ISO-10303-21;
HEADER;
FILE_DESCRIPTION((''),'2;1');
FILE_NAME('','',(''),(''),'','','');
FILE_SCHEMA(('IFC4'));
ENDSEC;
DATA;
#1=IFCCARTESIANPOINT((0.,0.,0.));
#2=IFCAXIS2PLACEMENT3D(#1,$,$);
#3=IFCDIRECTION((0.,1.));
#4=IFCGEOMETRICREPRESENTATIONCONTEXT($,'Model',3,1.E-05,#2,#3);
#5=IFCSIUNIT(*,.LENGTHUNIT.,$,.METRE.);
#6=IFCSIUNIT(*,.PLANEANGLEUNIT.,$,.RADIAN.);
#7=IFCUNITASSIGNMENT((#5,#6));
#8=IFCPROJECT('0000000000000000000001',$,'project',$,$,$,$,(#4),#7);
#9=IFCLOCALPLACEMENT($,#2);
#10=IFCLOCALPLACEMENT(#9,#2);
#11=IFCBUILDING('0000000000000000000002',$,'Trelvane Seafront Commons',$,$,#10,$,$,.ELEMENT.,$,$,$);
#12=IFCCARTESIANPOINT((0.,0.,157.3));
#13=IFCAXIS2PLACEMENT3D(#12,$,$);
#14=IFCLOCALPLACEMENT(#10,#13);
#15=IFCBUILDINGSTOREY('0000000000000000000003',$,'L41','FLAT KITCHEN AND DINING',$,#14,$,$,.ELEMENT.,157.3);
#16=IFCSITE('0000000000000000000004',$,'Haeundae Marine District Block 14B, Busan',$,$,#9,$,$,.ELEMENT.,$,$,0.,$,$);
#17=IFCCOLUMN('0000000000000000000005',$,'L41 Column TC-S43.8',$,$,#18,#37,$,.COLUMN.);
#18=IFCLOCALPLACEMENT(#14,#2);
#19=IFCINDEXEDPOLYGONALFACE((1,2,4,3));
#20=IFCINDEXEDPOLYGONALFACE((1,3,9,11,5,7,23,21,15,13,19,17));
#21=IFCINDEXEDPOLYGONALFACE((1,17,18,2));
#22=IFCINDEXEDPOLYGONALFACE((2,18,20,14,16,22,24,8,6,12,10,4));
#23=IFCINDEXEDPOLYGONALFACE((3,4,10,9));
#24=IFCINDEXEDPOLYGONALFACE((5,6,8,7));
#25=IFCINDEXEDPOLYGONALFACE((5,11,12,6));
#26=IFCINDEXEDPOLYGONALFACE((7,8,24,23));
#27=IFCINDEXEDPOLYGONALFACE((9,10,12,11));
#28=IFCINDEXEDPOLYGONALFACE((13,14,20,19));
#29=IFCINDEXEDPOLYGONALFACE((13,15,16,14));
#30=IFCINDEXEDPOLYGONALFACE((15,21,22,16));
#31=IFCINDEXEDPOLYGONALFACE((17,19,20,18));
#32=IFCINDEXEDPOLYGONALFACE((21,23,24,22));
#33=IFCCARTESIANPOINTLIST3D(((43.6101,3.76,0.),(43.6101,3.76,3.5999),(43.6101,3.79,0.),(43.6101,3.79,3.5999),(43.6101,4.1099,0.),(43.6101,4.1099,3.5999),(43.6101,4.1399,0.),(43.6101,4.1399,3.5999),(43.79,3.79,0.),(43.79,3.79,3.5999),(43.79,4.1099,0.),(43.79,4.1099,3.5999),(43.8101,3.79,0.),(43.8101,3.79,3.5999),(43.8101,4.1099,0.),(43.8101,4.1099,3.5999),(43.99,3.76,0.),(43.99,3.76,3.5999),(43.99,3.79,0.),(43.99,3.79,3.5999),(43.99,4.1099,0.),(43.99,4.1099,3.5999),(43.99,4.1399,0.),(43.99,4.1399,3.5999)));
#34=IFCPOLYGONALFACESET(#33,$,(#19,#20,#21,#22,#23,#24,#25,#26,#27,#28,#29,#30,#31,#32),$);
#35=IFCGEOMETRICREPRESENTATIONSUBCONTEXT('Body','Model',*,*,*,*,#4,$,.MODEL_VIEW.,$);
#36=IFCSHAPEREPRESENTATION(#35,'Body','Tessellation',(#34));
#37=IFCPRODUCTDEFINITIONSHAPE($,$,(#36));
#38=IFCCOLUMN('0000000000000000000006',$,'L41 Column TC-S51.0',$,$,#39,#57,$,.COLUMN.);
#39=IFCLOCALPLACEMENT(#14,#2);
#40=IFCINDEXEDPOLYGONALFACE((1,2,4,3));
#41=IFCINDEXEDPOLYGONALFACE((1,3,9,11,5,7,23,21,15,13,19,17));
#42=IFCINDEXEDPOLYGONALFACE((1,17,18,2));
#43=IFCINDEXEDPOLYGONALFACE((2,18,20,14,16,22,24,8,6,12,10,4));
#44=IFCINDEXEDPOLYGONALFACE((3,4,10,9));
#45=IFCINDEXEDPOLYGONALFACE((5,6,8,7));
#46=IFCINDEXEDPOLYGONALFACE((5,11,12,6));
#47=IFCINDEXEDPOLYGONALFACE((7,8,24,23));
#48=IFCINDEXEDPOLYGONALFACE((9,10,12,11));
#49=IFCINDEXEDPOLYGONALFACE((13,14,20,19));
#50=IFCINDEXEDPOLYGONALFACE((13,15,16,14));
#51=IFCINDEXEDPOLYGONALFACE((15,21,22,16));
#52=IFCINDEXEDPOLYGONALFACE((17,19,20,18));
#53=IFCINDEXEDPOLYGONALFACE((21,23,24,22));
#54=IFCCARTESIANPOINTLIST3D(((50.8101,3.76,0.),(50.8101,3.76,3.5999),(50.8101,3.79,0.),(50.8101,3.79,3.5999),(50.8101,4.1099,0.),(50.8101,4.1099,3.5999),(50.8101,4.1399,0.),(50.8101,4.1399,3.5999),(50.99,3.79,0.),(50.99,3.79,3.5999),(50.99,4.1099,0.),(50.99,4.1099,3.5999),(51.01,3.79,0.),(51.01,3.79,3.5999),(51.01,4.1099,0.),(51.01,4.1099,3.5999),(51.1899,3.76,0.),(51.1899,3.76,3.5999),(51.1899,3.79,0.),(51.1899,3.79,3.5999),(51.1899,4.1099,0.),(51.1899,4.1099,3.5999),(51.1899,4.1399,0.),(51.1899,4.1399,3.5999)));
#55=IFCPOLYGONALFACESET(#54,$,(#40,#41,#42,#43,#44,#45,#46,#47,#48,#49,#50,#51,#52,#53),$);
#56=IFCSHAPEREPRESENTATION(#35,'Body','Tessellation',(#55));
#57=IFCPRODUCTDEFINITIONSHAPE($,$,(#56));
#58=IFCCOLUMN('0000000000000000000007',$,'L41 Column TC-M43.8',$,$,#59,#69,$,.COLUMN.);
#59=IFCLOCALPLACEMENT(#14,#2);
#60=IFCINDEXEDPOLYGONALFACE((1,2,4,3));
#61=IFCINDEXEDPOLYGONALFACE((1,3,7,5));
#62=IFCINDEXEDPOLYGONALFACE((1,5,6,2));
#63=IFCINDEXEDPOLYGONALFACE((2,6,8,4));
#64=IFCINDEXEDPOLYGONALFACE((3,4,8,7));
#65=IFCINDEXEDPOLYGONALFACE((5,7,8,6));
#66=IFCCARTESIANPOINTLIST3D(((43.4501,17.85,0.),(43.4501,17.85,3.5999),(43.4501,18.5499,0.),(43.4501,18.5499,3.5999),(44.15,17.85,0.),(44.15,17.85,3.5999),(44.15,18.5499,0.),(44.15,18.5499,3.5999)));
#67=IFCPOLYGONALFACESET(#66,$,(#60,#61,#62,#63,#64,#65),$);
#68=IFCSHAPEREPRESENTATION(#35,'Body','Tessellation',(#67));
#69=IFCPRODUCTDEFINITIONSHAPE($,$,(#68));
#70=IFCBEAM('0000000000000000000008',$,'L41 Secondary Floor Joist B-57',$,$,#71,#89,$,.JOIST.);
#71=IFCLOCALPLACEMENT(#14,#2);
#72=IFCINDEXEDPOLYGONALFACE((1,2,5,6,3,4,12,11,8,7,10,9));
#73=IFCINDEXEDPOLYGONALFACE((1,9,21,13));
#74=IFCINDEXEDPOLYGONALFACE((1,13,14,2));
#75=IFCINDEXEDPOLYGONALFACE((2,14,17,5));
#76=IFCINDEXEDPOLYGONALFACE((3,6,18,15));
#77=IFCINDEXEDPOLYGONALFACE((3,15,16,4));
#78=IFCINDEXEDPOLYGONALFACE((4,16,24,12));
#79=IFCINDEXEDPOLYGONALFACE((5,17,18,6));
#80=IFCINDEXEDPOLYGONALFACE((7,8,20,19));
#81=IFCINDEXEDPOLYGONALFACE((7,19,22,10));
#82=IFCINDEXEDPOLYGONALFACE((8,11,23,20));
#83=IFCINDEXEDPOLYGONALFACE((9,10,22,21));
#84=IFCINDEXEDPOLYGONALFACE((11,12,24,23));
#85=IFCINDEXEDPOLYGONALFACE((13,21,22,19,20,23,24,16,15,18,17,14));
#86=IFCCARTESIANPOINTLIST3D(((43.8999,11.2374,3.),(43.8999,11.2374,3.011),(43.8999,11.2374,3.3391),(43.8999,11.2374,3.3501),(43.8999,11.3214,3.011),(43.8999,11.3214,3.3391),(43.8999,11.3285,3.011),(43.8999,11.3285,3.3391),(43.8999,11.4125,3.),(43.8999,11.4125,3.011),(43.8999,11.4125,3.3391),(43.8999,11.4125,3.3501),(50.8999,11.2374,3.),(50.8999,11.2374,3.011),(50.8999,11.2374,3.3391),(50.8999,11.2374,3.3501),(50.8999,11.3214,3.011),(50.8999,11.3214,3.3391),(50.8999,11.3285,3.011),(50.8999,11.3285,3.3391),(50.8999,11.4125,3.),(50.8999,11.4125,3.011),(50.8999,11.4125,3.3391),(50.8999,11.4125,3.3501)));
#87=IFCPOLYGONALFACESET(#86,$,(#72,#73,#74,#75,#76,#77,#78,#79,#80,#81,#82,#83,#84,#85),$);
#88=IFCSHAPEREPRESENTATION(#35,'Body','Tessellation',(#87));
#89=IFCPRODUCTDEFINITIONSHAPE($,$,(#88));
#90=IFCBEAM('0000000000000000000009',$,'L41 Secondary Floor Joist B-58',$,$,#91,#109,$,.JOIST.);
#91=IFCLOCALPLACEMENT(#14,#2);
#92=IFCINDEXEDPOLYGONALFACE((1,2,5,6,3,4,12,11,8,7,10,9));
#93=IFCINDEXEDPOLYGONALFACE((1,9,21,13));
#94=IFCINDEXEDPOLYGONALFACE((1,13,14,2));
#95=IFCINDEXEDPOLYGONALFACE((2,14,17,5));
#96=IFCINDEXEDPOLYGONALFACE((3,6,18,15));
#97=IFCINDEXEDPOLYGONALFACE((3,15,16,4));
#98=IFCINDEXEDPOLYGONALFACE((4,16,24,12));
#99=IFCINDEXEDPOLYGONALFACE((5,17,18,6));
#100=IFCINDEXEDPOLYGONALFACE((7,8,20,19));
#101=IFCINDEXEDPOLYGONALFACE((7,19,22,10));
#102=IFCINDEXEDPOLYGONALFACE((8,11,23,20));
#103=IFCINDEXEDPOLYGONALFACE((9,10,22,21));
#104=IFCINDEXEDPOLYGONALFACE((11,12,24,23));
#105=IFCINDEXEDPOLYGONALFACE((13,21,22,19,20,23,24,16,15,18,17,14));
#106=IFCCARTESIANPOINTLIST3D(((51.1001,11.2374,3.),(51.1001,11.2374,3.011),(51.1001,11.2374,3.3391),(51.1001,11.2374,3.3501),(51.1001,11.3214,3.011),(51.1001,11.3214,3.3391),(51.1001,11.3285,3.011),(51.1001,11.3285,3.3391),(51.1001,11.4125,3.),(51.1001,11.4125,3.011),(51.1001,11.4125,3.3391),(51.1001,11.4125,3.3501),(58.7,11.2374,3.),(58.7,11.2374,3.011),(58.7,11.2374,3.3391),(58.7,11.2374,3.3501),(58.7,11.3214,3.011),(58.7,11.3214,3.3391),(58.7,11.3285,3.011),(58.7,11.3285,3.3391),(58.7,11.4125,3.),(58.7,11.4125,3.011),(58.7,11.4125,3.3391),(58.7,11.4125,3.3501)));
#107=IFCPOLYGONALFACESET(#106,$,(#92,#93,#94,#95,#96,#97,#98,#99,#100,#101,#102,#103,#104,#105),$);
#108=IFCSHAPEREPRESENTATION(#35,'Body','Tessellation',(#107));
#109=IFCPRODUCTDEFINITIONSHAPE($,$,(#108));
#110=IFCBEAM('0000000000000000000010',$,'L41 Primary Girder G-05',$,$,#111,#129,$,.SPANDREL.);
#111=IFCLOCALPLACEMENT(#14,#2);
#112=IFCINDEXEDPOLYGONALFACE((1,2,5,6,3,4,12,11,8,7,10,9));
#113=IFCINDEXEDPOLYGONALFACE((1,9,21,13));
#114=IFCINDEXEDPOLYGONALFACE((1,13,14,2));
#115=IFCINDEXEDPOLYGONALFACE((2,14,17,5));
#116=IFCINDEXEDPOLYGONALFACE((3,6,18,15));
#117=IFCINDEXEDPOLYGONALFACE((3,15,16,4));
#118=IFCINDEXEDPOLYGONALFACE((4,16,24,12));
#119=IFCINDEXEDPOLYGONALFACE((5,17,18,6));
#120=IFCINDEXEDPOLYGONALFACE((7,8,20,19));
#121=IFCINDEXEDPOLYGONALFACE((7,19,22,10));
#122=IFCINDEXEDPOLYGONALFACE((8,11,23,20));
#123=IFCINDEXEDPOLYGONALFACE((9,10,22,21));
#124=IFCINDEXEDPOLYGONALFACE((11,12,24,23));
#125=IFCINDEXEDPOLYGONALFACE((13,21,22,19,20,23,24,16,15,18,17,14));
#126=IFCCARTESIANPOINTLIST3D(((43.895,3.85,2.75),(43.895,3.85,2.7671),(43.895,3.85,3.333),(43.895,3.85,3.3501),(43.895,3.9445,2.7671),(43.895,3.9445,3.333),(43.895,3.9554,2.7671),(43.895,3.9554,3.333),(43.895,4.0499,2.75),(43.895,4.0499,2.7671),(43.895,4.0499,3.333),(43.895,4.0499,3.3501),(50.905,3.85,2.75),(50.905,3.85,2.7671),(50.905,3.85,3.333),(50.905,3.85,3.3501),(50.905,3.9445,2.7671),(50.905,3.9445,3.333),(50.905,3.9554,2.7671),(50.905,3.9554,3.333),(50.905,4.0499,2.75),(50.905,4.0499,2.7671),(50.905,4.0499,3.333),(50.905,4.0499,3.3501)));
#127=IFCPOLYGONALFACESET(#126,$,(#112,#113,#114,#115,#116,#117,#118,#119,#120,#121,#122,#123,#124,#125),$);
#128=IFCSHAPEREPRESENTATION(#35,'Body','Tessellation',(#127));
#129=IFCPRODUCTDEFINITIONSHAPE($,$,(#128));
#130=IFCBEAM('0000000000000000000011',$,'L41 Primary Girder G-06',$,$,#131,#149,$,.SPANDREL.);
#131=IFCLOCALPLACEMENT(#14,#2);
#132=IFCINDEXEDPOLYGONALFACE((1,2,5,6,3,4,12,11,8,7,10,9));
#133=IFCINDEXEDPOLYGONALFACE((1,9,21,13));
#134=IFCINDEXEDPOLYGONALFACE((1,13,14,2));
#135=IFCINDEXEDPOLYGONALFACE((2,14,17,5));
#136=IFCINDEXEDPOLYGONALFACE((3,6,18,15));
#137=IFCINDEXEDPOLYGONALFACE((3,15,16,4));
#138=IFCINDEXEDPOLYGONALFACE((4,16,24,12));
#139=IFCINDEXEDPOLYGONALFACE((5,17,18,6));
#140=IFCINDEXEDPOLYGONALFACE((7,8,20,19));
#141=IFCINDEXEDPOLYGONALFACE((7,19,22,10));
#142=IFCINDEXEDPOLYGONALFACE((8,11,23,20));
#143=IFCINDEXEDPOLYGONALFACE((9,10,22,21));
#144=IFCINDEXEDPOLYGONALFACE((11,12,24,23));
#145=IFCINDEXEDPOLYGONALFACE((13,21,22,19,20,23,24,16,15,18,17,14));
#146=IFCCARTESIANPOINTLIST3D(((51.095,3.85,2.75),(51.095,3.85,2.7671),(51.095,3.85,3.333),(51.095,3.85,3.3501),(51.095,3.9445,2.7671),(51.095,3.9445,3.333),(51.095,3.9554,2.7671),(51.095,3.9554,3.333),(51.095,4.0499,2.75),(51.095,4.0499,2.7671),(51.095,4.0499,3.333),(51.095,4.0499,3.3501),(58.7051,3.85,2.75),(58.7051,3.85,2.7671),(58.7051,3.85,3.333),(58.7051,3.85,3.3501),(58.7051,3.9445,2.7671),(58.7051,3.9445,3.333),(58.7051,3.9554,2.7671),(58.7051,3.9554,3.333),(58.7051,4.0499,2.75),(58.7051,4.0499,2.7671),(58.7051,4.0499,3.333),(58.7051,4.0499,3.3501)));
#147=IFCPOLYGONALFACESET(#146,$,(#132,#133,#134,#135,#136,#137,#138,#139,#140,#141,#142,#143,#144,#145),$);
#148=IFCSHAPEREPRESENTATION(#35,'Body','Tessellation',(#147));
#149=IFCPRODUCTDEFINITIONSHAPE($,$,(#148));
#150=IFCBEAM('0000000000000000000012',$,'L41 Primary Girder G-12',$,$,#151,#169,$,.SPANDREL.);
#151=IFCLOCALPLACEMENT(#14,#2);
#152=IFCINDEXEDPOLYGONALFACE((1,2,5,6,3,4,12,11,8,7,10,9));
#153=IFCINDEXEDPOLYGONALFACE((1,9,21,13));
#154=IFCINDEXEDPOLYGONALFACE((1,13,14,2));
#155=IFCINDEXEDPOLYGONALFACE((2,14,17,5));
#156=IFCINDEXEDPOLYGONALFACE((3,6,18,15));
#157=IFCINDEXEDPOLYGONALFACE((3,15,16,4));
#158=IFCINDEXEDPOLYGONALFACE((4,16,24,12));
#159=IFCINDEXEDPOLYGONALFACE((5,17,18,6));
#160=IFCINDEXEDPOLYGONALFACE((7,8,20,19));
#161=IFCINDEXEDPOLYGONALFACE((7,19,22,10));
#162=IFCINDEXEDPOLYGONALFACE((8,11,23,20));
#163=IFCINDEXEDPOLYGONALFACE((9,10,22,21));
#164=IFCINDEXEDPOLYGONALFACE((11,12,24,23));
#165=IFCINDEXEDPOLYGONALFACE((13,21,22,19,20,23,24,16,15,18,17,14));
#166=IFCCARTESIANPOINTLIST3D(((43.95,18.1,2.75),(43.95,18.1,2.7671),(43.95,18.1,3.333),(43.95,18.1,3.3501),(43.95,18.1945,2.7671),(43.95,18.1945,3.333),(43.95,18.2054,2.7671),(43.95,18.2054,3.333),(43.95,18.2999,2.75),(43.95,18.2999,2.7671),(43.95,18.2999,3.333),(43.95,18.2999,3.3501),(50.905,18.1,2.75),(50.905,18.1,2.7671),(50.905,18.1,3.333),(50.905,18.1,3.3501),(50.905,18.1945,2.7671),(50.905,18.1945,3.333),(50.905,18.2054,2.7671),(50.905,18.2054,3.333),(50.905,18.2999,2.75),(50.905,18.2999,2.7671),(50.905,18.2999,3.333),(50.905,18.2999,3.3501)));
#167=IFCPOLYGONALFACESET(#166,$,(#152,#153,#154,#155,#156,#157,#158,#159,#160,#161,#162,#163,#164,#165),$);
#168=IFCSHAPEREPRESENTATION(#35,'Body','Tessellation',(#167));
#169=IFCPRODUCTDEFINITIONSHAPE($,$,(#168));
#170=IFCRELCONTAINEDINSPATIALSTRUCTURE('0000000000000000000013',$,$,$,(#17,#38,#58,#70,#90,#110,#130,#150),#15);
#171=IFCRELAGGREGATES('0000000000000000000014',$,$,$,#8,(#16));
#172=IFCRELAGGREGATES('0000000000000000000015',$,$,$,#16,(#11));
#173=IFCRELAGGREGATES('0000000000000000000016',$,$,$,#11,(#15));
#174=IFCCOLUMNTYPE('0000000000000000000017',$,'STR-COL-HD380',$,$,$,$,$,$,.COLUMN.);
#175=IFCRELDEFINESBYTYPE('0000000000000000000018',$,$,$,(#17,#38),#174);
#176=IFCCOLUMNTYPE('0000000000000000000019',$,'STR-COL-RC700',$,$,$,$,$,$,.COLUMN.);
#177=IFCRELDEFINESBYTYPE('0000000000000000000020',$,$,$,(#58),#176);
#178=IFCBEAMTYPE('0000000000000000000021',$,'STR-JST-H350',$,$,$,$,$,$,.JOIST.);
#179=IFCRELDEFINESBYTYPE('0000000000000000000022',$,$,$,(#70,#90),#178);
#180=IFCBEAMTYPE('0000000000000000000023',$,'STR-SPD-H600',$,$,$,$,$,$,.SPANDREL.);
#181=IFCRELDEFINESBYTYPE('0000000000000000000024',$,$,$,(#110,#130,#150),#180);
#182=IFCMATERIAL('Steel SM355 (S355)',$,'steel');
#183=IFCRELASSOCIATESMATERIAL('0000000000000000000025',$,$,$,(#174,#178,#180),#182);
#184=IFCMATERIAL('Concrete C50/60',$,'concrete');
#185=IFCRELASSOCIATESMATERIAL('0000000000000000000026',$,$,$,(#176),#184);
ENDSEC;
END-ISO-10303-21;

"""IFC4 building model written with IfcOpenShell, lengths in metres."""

from ifc_helpers import new_model, si_unit, direction, frame, origin, origin_2d, place, context, subcontext, project, spatial, rectangle, i_section, extrude, source, transform, mapped, material, material_profile, profile_set, type_object, element, save


model = new_model("IFC4")

# Units and contexts
model_context = context("Model", 3, precision=1e-05, world=origin(), true_north=direction((0.0, 1.0)))
body_context = subcontext(model_context, "Body", "Model", "MODEL_VIEW")
ifc_project = project(units=[si_unit("LENGTHUNIT", "METRE"), si_unit("PLANEANGLEUNIT", "RADIAN")], contexts=[model_context])

# Site, building, storey
site_placement = place(None, origin())
site = spatial("IfcSite", under=ifc_project, at=site_placement, Name="Haeundae Marine District Block 14B, Busan", CompositionType="ELEMENT", RefElevation=0.0)
building_placement = place(site_placement, origin())
building = spatial("IfcBuilding", under=site, at=building_placement, Name="Trelvane Seafront Commons", CompositionType="ELEMENT")
storey_placement = place(building_placement, frame((0.0, 0.0, 157.3)))
storey = spatial("IfcBuildingStorey", under=building, at=storey_placement, Name="L41", Description="FLAT KITCHEN AND DINING", CompositionType="ELEMENT", Elevation=157.3)

# Columns
ifc_material_1 = material(Name="Steel SM355 (S355)", Category="steel")
ifc_material_profile_1 = material_profile(ifc_material_1, i_section(OverallWidth=0.3799, OverallDepth=0.3799, WebThickness=0.02, FlangeThickness=0.03, at=origin_2d()), Name="HD-380x380x20x30")
ifc_profile_set_1 = profile_set([ifc_material_profile_1], Name="Steel SM355 (S355)")
column_type_1 = type_object("IfcColumnType", Name="STR-COL-HD380", PredefinedType="COLUMN", material=ifc_profile_set_1)
shared_shape_1 = source(origin(), body_context, "Body", "SweptSolid", [
    extrude(i_section(OverallWidth=0.3799, OverallDepth=0.3799, WebThickness=0.02, FlangeThickness=0.03, at=origin_2d()), origin(), (0.0, 0.0, 1.0), 3.5999),
])
for number, where, z_axis, x_axis, name in (
    (1, (43.8, 3.95, 0.0), (0.0, 0.0, 1.0), (1.0, 0.0, 0.0), "L41 Column TC-S43.8"),
    (2, (51.0, 3.95, 0.0), (0.0, 0.0, 1.0), (1.0, 0.0, 0.0), "L41 Column TC-S51.0"),
):
    element("IfcColumn", number, at=place(storey_placement, frame(where, z_axis=z_axis, x_axis=x_axis)), inside=storey, type_object=column_type_1, Name=name, PredefinedType="COLUMN", context=body_context, shape_type="MappedRepresentation", body=[
        mapped(shared_shape_1, transform((0.0, 0.0, 0.0), x_axis=(1.0, 0.0, 0.0), y_axis=(0.0, 1.0, 0.0), z_axis=(0.0, 0.0, 1.0), scale=1.0)),
    ])
ifc_material_2 = material(Name="Concrete C50/60", Category="concrete")
ifc_material_profile_2 = material_profile(ifc_material_2, rectangle(XDim=0.7, YDim=0.7, at=origin_2d()), Name="RC-700x700")
ifc_profile_set_2 = profile_set([ifc_material_profile_2], Name="Concrete C50/60")
column_type_2 = type_object("IfcColumnType", Name="STR-COL-RC700", PredefinedType="COLUMN", material=ifc_profile_set_2)
shared_shape_2 = source(origin(), body_context, "Body", "SweptSolid", [
    extrude(rectangle(XDim=0.7, YDim=0.7, at=origin_2d()), origin(), (0.0, 0.0, 1.0), 3.5999),
])
column_placement = place(storey_placement, frame((43.8, 18.2, 0.0), z_axis=(0.0, 0.0, 1.0), x_axis=(1.0, 0.0, 0.0)))
element("IfcColumn", 3, at=column_placement, inside=storey, type_object=column_type_2, Name="L41 Column TC-M43.8", PredefinedType="COLUMN", context=body_context, shape_type="MappedRepresentation", body=[
    mapped(shared_shape_2, transform((0.0, 0.0, 0.0), x_axis=(1.0, 0.0, 0.0), y_axis=(0.0, 1.0, 0.0), z_axis=(0.0, 0.0, 1.0), scale=1.0)),
])

# Beams
ifc_material_profile_3 = material_profile(ifc_material_1, i_section(OverallWidth=0.175, OverallDepth=0.3501, WebThickness=0.0071, FlangeThickness=0.011, at=origin_2d()), Name="H-350x175x7x11")
ifc_profile_set_3 = profile_set([ifc_material_profile_3], Name="Steel SM355 (S355)")
beam_type_1 = type_object("IfcBeamType", Name="STR-JST-H350", PredefinedType="JOIST", material=ifc_profile_set_3)
shared_shape_3 = source(origin(), body_context, "Body", "SweptSolid", [
    extrude(i_section(OverallWidth=0.175, OverallDepth=0.3501, WebThickness=0.0071, FlangeThickness=0.011, at=origin_2d()), origin(), (0.0, 0.0, 1.0), 7.0),
])
beam_1_placement = place(storey_placement, frame((43.8999, 11.325, 3.175), z_axis=(1.0, 0.0, 0.0), x_axis=(0.0, 1.0, 0.0)))
element("IfcBeam", 4, at=beam_1_placement, inside=storey, type_object=beam_type_1, Name="L41 Secondary Floor Joist B-57", PredefinedType="JOIST", context=body_context, shape_type="MappedRepresentation", body=[
    mapped(shared_shape_3, transform((0.0, 0.0, 0.0), x_axis=(1.0, 0.0, 0.0), y_axis=(0.0, 1.0, 0.0), z_axis=(0.0, 0.0, 1.0), scale=1.0)),
])
shared_shape_4 = source(origin(), body_context, "Body", "SweptSolid", [
    extrude(i_section(OverallWidth=0.175, OverallDepth=0.3501, WebThickness=0.0071, FlangeThickness=0.011, at=origin_2d()), origin(), (0.0, 0.0, 1.0), 7.5999),
])
beam_2_placement = place(storey_placement, frame((51.1001, 11.325, 3.175), z_axis=(1.0, 0.0, 0.0), x_axis=(0.0, 1.0, 0.0)))
element("IfcBeam", 5, at=beam_2_placement, inside=storey, type_object=beam_type_1, Name="L41 Secondary Floor Joist B-58", PredefinedType="JOIST", context=body_context, shape_type="MappedRepresentation", body=[
    mapped(shared_shape_4, transform((0.0, 0.0, 0.0), x_axis=(1.0, 0.0, 0.0), y_axis=(0.0, 1.0, 0.0), z_axis=(0.0, 0.0, 1.0), scale=1.0)),
])
ifc_material_profile_4 = material_profile(ifc_material_1, i_section(OverallWidth=0.2, OverallDepth=0.6001, WebThickness=0.011, FlangeThickness=0.0171, at=origin_2d()), Name="H-600x200x11x17")
ifc_profile_set_4 = profile_set([ifc_material_profile_4], Name="Steel SM355 (S355)")
beam_type_2 = type_object("IfcBeamType", Name="STR-SPD-H600", PredefinedType="SPANDREL", material=ifc_profile_set_4)
shared_shape_5 = source(origin(), body_context, "Body", "SweptSolid", [
    extrude(i_section(OverallWidth=0.2, OverallDepth=0.6001, WebThickness=0.011, FlangeThickness=0.0171, at=origin_2d()), origin(), (0.0, 0.0, 1.0), 7.01),
])
beam_3_placement = place(storey_placement, frame((43.895, 3.95, 3.05), z_axis=(1.0, 0.0, 0.0), x_axis=(0.0, 1.0, 0.0)))
element("IfcBeam", 6, at=beam_3_placement, inside=storey, type_object=beam_type_2, Name="L41 Primary Girder G-05", PredefinedType="SPANDREL", context=body_context, shape_type="MappedRepresentation", body=[
    mapped(shared_shape_5, transform((0.0, 0.0, 0.0), x_axis=(1.0, 0.0, 0.0), y_axis=(0.0, 1.0, 0.0), z_axis=(0.0, 0.0, 1.0), scale=1.0)),
])
shared_shape_6 = source(origin(), body_context, "Body", "SweptSolid", [
    extrude(i_section(OverallWidth=0.2, OverallDepth=0.6001, WebThickness=0.011, FlangeThickness=0.0171, at=origin_2d()), origin(), (0.0, 0.0, 1.0), 7.6101),
])
beam_4_placement = place(storey_placement, frame((51.095, 3.95, 3.05), z_axis=(1.0, 0.0, 0.0), x_axis=(0.0, 1.0, 0.0)))
element("IfcBeam", 7, at=beam_4_placement, inside=storey, type_object=beam_type_2, Name="L41 Primary Girder G-06", PredefinedType="SPANDREL", context=body_context, shape_type="MappedRepresentation", body=[
    mapped(shared_shape_6, transform((0.0, 0.0, 0.0), x_axis=(1.0, 0.0, 0.0), y_axis=(0.0, 1.0, 0.0), z_axis=(0.0, 0.0, 1.0), scale=1.0)),
])
shared_shape_7 = source(origin(), body_context, "Body", "SweptSolid", [
    extrude(i_section(OverallWidth=0.2, OverallDepth=0.6001, WebThickness=0.011, FlangeThickness=0.0171, at=origin_2d()), origin(), (0.0, 0.0, 1.0), 6.9551),
])
beam_5_placement = place(storey_placement, frame((43.95, 18.2, 3.05), z_axis=(1.0, 0.0, 0.0), x_axis=(0.0, 1.0, 0.0)))
element("IfcBeam", 8, at=beam_5_placement, inside=storey, type_object=beam_type_2, Name="L41 Primary Girder G-12", PredefinedType="SPANDREL", context=body_context, shape_type="MappedRepresentation", body=[
    mapped(shared_shape_7, transform((0.0, 0.0, 0.0), x_axis=(1.0, 0.0, 0.0), y_axis=(0.0, 1.0, 0.0), z_axis=(0.0, 0.0, 1.0), scale=1.0)),
])

save(model, "model.ifc")
